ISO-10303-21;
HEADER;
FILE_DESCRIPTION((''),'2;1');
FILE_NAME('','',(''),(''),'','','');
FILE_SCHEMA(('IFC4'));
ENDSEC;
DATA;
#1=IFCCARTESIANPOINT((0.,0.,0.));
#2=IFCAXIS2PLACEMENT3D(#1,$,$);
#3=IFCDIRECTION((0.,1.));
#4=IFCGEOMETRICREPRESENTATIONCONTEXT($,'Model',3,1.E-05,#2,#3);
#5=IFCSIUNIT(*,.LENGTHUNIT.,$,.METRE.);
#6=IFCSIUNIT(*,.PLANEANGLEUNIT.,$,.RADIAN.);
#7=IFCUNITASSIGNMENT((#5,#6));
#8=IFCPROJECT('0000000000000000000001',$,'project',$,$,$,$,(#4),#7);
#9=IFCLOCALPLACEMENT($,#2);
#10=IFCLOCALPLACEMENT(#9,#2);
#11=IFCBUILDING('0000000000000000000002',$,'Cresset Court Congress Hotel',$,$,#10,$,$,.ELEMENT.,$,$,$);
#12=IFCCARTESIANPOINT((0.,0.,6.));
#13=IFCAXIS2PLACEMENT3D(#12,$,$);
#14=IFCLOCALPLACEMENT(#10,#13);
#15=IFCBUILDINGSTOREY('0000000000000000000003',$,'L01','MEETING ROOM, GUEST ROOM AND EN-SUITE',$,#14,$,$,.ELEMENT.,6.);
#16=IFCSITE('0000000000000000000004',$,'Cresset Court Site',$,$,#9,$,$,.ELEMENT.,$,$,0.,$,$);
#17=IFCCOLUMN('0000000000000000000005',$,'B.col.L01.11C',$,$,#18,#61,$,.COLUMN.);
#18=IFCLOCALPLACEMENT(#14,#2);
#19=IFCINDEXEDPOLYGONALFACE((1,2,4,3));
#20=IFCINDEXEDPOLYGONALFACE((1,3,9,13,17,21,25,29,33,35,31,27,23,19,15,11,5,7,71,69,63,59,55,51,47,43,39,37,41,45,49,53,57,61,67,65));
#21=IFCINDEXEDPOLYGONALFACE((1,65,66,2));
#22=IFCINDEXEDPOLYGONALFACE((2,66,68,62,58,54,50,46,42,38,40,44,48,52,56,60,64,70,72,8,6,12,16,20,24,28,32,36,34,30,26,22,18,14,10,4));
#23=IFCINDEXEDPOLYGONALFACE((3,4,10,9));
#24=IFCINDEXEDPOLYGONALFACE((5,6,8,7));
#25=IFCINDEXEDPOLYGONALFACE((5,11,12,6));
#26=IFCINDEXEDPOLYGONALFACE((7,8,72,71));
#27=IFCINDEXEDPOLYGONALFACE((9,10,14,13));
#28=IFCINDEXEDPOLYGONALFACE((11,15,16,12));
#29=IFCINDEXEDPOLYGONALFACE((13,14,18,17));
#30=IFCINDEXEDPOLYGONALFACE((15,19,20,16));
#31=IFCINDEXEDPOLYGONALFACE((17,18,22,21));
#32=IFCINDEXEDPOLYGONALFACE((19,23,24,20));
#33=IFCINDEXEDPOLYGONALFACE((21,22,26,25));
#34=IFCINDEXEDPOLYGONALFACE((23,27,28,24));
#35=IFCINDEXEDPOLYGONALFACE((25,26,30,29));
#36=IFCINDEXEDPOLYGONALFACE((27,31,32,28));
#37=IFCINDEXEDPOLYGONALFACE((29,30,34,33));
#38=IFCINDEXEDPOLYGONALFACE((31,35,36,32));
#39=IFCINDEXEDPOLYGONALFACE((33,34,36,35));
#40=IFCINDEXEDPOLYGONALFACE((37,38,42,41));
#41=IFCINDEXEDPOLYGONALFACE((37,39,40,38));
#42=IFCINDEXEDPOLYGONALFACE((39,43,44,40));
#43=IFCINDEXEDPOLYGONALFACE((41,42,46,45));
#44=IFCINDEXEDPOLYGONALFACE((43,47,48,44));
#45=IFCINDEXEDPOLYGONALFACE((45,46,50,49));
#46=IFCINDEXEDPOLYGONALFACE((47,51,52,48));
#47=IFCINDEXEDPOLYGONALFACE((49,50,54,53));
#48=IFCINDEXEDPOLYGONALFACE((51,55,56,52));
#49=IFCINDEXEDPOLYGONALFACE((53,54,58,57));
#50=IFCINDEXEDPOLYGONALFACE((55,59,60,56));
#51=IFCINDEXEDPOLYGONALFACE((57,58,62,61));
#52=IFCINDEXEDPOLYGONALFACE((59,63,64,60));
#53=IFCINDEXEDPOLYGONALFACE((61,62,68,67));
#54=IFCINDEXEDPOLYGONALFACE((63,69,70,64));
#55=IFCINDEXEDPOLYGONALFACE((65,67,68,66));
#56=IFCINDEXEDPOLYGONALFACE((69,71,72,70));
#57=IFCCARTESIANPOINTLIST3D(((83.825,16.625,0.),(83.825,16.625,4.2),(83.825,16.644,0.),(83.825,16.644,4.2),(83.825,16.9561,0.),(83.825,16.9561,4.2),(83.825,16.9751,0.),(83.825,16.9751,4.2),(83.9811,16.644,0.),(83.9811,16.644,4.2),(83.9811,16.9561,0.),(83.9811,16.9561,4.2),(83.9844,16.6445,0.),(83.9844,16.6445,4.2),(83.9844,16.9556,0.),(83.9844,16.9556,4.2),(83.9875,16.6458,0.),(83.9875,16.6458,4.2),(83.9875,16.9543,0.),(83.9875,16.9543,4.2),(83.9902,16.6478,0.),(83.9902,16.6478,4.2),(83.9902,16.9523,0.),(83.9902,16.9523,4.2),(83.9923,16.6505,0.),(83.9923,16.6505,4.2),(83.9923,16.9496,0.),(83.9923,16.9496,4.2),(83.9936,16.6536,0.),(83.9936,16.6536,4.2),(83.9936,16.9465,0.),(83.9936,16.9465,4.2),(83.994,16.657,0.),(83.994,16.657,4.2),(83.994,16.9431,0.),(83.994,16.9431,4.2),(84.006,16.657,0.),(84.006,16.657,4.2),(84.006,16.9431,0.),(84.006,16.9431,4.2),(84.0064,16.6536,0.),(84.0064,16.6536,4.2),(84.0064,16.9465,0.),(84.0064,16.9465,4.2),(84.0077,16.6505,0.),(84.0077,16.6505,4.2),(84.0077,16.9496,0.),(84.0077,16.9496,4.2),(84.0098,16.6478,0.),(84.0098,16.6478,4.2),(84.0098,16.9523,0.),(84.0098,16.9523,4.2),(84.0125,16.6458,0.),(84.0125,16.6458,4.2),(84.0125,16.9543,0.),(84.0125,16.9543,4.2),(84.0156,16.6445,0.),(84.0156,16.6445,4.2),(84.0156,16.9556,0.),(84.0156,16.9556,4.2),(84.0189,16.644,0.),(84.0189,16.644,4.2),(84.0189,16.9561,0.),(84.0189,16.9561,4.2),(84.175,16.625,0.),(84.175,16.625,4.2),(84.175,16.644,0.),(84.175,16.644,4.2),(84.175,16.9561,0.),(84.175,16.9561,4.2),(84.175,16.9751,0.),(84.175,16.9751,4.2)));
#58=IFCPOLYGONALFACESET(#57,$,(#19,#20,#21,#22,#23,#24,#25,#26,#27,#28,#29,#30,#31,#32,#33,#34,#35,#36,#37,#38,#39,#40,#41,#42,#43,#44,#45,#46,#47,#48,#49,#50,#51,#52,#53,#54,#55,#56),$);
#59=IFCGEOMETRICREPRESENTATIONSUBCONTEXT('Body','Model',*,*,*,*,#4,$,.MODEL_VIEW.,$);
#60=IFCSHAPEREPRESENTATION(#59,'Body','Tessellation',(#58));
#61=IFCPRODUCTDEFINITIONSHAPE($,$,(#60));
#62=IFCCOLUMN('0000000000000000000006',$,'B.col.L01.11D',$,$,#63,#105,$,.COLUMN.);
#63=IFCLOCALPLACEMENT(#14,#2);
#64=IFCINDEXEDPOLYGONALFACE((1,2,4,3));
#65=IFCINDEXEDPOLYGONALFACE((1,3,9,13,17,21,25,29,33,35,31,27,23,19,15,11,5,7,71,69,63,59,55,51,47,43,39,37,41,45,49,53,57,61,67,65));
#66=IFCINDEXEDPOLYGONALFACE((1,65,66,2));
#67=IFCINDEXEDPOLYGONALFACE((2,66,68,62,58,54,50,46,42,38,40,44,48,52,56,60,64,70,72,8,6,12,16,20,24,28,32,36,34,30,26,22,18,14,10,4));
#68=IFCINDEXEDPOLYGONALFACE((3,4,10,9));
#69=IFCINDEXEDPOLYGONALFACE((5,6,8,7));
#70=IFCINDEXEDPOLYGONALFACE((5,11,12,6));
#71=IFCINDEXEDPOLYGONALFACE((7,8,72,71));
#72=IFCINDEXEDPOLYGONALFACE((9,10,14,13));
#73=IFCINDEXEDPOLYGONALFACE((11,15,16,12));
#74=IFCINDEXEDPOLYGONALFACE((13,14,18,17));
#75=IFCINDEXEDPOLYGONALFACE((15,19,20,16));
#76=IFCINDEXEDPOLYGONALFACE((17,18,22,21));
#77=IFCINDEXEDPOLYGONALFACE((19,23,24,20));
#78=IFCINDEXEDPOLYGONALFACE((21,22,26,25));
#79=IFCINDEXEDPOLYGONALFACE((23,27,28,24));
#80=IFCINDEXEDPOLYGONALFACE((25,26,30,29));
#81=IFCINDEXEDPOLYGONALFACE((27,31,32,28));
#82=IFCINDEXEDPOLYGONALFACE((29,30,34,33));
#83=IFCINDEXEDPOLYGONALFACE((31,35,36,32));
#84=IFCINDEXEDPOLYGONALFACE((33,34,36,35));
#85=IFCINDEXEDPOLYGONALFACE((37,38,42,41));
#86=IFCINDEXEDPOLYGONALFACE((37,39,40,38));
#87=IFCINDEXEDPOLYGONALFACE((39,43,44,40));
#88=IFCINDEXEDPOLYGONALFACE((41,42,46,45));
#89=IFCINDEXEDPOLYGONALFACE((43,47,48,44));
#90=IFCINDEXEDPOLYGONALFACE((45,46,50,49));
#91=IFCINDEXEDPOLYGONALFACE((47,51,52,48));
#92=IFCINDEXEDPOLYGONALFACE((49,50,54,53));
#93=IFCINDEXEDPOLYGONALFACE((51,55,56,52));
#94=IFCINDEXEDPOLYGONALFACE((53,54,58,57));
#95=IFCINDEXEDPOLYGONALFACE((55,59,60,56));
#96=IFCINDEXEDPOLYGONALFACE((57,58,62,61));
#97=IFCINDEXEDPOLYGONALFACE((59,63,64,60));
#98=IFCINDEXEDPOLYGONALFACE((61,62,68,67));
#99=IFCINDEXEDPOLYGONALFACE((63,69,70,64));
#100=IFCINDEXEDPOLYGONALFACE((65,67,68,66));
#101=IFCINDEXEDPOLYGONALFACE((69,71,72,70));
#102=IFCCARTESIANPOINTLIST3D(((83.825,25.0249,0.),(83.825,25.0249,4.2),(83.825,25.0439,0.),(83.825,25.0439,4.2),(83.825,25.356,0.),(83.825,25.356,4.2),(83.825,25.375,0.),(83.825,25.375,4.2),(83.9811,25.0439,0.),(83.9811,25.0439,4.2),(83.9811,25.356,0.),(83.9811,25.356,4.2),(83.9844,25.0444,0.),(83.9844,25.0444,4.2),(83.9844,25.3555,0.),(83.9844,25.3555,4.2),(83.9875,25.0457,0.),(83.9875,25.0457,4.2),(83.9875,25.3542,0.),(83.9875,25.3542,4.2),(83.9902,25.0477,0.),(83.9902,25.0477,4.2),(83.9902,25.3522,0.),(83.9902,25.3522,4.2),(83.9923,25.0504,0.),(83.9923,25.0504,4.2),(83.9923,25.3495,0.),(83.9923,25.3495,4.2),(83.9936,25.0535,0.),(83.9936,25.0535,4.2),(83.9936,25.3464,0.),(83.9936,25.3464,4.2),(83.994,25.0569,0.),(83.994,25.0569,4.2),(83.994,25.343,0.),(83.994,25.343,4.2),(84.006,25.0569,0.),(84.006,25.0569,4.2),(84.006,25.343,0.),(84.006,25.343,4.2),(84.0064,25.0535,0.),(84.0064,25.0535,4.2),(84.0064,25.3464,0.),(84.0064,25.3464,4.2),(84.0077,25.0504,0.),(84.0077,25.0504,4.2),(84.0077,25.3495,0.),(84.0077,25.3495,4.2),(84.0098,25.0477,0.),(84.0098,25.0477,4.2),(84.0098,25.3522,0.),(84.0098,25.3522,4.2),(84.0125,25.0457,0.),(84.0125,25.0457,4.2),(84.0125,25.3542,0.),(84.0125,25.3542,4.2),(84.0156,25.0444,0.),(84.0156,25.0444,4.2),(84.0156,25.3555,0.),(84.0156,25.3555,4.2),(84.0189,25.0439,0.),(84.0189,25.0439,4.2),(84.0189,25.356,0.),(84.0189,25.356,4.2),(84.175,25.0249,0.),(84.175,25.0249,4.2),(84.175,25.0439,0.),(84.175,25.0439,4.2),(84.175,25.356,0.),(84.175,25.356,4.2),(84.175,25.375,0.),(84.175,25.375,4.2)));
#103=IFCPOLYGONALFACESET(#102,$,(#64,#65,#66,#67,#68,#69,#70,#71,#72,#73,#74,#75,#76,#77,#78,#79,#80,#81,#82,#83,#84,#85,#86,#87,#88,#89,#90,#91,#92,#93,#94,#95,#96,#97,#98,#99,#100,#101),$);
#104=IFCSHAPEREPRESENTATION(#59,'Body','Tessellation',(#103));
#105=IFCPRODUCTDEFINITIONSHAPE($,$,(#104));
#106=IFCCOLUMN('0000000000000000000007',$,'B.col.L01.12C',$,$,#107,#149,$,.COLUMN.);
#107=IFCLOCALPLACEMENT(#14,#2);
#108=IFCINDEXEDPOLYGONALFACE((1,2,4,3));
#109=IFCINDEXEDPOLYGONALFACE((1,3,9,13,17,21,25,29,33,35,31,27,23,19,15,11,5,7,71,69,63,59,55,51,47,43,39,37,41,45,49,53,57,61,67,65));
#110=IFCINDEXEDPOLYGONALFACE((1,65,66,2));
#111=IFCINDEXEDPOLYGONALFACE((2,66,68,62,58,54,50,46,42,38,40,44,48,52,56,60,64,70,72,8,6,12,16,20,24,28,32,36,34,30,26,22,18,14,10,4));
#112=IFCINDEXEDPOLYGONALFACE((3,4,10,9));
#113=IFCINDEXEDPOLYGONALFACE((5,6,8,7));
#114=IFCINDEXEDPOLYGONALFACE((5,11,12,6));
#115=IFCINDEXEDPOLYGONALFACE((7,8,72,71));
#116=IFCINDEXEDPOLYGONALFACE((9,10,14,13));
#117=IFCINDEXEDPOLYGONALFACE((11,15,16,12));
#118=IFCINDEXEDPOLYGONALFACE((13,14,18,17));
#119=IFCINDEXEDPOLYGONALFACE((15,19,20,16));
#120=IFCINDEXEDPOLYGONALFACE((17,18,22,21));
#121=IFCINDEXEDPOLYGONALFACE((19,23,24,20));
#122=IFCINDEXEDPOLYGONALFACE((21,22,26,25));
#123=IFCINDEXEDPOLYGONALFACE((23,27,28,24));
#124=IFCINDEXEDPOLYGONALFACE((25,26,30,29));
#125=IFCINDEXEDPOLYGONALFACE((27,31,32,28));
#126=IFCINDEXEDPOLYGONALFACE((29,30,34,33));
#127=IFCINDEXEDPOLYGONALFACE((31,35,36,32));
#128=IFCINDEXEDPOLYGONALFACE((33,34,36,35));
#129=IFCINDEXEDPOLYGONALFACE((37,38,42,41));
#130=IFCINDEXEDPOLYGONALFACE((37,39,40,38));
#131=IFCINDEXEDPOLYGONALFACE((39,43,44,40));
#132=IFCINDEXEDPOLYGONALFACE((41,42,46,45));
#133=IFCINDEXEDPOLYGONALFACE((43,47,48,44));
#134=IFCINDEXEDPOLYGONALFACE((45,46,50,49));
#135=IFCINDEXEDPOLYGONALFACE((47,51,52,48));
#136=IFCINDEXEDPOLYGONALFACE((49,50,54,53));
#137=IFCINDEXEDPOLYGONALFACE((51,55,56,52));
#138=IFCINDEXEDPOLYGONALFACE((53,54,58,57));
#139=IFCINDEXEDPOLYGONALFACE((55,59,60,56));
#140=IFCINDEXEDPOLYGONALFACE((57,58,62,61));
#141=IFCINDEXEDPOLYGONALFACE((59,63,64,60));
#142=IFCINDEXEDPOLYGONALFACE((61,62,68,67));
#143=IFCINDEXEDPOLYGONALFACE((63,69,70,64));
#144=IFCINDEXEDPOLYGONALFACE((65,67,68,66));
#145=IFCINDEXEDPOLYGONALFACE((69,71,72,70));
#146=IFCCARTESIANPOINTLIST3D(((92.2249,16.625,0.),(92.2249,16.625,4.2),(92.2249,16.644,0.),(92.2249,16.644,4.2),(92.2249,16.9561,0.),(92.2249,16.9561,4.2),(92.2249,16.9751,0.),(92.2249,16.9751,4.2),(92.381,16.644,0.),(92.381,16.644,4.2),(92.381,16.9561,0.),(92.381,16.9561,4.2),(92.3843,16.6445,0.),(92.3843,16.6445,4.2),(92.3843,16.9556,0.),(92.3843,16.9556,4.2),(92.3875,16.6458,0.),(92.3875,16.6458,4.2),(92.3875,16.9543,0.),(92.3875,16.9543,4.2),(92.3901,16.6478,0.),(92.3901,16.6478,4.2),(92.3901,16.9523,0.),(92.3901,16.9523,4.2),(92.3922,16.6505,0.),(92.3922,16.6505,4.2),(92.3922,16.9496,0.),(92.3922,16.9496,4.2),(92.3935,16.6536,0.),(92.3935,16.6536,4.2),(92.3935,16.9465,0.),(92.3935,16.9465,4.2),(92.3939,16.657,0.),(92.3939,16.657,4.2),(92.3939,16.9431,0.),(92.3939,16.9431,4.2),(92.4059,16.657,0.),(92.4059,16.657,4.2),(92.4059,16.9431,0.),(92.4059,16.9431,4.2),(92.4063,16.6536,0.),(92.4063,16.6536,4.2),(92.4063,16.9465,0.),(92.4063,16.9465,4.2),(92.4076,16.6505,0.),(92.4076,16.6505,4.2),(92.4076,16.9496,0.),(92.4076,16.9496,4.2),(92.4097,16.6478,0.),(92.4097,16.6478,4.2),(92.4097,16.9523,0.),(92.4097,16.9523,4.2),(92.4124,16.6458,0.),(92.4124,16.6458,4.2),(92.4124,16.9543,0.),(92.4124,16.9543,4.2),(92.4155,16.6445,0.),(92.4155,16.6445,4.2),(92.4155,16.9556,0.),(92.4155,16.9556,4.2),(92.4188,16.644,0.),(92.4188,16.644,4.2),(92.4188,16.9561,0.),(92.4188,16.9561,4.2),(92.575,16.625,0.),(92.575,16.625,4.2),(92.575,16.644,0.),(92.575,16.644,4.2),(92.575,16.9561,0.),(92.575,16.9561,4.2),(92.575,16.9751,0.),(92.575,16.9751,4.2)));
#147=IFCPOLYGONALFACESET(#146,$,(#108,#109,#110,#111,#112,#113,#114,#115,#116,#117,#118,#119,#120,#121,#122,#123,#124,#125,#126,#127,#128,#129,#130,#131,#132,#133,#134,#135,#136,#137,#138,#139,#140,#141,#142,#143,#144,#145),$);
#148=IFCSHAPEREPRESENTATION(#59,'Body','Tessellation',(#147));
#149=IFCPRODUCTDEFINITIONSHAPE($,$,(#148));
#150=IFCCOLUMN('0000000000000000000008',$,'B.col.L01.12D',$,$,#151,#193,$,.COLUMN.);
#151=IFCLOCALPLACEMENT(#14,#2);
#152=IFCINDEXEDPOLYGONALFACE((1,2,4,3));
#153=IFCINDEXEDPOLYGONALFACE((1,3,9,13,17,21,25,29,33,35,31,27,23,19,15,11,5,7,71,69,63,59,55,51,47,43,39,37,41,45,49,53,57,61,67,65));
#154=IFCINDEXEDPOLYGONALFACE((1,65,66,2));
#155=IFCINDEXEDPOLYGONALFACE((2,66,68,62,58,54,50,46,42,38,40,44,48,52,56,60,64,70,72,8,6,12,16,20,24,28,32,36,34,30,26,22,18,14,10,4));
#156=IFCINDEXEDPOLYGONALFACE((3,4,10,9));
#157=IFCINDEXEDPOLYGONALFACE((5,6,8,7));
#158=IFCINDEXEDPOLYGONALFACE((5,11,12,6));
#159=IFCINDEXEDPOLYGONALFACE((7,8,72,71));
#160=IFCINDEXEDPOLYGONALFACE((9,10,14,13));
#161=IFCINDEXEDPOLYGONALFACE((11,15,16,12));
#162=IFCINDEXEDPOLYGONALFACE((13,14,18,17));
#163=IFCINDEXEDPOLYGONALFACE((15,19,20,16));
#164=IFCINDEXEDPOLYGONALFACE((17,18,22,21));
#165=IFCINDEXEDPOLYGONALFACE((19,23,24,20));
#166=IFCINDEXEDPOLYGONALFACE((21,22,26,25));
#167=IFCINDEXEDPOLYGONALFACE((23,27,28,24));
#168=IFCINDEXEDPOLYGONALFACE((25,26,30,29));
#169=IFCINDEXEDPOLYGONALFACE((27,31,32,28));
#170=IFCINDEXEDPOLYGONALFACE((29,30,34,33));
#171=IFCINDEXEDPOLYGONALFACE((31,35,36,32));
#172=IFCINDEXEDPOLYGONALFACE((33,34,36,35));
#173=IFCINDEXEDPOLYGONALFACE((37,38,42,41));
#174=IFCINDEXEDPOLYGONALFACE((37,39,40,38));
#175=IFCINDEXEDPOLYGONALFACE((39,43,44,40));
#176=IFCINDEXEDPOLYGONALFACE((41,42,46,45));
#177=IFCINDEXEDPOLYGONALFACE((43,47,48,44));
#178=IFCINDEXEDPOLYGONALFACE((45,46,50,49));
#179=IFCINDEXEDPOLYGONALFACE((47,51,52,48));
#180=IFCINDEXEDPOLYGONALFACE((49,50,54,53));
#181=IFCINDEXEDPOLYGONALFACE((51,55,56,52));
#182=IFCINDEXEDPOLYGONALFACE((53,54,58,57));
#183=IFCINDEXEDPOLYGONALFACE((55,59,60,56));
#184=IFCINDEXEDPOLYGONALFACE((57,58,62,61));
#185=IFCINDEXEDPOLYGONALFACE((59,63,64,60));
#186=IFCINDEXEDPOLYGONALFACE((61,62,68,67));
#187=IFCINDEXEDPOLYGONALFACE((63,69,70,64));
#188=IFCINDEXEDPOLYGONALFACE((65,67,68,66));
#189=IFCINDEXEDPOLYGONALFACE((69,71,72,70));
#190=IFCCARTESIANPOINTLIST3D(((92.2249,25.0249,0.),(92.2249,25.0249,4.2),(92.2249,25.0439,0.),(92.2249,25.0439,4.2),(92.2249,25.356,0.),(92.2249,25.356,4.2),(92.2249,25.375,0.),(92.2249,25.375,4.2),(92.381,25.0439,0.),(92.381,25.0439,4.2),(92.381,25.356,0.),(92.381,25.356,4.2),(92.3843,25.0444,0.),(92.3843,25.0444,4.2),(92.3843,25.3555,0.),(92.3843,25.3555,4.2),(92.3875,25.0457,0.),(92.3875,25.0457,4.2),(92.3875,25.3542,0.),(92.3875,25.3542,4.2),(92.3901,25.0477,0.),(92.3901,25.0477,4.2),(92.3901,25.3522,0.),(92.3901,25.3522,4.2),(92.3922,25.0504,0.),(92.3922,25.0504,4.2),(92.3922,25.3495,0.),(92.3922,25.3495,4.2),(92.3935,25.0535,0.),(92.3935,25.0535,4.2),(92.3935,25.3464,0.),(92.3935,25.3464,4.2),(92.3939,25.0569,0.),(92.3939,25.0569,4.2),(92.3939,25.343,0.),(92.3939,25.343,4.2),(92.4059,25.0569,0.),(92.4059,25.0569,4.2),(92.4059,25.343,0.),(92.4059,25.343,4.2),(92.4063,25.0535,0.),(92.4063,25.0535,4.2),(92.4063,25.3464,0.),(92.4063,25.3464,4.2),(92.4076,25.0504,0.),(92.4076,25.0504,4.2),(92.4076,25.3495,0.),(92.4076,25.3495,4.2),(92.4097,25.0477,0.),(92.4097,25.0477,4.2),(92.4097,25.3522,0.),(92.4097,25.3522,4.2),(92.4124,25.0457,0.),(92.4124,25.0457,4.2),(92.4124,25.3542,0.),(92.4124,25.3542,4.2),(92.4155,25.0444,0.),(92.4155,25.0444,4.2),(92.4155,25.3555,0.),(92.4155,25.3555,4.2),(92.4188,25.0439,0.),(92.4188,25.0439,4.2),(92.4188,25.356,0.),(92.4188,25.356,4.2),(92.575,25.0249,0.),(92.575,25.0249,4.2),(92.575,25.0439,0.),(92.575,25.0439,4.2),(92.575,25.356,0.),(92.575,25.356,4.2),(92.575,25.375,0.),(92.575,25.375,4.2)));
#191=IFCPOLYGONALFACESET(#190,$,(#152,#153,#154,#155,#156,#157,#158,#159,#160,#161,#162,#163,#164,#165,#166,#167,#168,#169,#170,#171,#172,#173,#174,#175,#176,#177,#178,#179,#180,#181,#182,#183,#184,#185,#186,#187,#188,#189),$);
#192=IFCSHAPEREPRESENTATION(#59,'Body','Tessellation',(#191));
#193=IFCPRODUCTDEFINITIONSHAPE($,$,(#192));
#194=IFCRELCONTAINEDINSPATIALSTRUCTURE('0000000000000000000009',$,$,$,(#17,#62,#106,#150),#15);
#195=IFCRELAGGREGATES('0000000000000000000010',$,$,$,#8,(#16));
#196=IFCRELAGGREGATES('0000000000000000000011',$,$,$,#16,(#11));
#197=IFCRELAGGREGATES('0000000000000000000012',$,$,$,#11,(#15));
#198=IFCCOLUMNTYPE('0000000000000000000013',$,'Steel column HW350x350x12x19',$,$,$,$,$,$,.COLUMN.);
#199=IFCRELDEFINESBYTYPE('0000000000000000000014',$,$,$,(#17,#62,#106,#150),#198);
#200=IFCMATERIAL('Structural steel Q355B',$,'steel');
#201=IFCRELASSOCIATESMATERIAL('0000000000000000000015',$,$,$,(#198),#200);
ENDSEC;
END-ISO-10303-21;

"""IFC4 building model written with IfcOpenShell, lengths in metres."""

from ifc_helpers import new_model, si_unit, direction, frame, origin, origin_2d, place, context, subcontext, project, spatial, i_section, extrude, material, material_profile, profile_set, type_object, element, save


model = new_model("IFC4")

# Units and contexts
model_context = context("Model", 3, precision=1e-05, world=origin(), true_north=direction((0.0, 1.0)))
body_context = subcontext(model_context, "Body", "Model", "MODEL_VIEW")
ifc_project = project(units=[si_unit("LENGTHUNIT", "METRE"), si_unit("PLANEANGLEUNIT", "RADIAN")], contexts=[model_context])

# Site, building, storey
site_placement = place(None, origin())
site = spatial("IfcSite", under=ifc_project, at=site_placement, Name="Cresset Court Site", CompositionType="ELEMENT", RefElevation=0.0)
building_placement = place(site_placement, origin())
building = spatial("IfcBuilding", under=site, at=building_placement, Name="Cresset Court Congress Hotel", CompositionType="ELEMENT")
storey_placement = place(building_placement, frame((0.0, 0.0, 6.0)))
storey = spatial("IfcBuildingStorey", under=building, at=storey_placement, Name="L01", Description="MEETING ROOM, GUEST ROOM AND EN-SUITE", CompositionType="ELEMENT", Elevation=6.0)

# Columns
ifc_material_1 = material(Name="Structural steel Q355B", Category="steel")
ifc_material_profile_1 = material_profile(ifc_material_1, i_section(OverallWidth=0.3501, OverallDepth=0.3501, WebThickness=0.012, FlangeThickness=0.019, FilletRadius=0.0129, at=origin_2d()), Name="HW350x350x12x19")
ifc_profile_set_1 = profile_set([ifc_material_profile_1], Name="Structural steel Q355B")
column_type = type_object("IfcColumnType", Name="Steel column HW350x350x12x19", PredefinedType="COLUMN", material=ifc_profile_set_1)
for number, where, z_axis, x_axis, name in (
    (1, (84.0, 16.8, 0.0), (0.0, 0.0, 1.0), (1.0, 0.0, 0.0), "B.col.L01.11C"),
    (2, (84.0, 25.2, 0.0), (0.0, 0.0, 1.0), (1.0, 0.0, 0.0), "B.col.L01.11D"),
    (3, (92.3999, 16.8, 0.0), (0.0, 0.0, 1.0), (1.0, 0.0, 0.0), "B.col.L01.12C"),
    (4, (92.3999, 25.2, 0.0), (0.0, 0.0, 1.0), (1.0, 0.0, 0.0), "B.col.L01.12D"),
):
    element("IfcColumn", number, at=place(storey_placement, frame(where, z_axis=z_axis, x_axis=x_axis)), inside=storey, type_object=column_type, Name=name, PredefinedType="COLUMN", context=body_context, shape_type="SweptSolid", body=[
        extrude(i_section(OverallWidth=0.3501, OverallDepth=0.3501, WebThickness=0.012, FlangeThickness=0.019, FilletRadius=0.0129, at=origin_2d()), origin(), (0.0, 0.0, 1.0), 4.2),
    ])

save(model, "model.ifc")
